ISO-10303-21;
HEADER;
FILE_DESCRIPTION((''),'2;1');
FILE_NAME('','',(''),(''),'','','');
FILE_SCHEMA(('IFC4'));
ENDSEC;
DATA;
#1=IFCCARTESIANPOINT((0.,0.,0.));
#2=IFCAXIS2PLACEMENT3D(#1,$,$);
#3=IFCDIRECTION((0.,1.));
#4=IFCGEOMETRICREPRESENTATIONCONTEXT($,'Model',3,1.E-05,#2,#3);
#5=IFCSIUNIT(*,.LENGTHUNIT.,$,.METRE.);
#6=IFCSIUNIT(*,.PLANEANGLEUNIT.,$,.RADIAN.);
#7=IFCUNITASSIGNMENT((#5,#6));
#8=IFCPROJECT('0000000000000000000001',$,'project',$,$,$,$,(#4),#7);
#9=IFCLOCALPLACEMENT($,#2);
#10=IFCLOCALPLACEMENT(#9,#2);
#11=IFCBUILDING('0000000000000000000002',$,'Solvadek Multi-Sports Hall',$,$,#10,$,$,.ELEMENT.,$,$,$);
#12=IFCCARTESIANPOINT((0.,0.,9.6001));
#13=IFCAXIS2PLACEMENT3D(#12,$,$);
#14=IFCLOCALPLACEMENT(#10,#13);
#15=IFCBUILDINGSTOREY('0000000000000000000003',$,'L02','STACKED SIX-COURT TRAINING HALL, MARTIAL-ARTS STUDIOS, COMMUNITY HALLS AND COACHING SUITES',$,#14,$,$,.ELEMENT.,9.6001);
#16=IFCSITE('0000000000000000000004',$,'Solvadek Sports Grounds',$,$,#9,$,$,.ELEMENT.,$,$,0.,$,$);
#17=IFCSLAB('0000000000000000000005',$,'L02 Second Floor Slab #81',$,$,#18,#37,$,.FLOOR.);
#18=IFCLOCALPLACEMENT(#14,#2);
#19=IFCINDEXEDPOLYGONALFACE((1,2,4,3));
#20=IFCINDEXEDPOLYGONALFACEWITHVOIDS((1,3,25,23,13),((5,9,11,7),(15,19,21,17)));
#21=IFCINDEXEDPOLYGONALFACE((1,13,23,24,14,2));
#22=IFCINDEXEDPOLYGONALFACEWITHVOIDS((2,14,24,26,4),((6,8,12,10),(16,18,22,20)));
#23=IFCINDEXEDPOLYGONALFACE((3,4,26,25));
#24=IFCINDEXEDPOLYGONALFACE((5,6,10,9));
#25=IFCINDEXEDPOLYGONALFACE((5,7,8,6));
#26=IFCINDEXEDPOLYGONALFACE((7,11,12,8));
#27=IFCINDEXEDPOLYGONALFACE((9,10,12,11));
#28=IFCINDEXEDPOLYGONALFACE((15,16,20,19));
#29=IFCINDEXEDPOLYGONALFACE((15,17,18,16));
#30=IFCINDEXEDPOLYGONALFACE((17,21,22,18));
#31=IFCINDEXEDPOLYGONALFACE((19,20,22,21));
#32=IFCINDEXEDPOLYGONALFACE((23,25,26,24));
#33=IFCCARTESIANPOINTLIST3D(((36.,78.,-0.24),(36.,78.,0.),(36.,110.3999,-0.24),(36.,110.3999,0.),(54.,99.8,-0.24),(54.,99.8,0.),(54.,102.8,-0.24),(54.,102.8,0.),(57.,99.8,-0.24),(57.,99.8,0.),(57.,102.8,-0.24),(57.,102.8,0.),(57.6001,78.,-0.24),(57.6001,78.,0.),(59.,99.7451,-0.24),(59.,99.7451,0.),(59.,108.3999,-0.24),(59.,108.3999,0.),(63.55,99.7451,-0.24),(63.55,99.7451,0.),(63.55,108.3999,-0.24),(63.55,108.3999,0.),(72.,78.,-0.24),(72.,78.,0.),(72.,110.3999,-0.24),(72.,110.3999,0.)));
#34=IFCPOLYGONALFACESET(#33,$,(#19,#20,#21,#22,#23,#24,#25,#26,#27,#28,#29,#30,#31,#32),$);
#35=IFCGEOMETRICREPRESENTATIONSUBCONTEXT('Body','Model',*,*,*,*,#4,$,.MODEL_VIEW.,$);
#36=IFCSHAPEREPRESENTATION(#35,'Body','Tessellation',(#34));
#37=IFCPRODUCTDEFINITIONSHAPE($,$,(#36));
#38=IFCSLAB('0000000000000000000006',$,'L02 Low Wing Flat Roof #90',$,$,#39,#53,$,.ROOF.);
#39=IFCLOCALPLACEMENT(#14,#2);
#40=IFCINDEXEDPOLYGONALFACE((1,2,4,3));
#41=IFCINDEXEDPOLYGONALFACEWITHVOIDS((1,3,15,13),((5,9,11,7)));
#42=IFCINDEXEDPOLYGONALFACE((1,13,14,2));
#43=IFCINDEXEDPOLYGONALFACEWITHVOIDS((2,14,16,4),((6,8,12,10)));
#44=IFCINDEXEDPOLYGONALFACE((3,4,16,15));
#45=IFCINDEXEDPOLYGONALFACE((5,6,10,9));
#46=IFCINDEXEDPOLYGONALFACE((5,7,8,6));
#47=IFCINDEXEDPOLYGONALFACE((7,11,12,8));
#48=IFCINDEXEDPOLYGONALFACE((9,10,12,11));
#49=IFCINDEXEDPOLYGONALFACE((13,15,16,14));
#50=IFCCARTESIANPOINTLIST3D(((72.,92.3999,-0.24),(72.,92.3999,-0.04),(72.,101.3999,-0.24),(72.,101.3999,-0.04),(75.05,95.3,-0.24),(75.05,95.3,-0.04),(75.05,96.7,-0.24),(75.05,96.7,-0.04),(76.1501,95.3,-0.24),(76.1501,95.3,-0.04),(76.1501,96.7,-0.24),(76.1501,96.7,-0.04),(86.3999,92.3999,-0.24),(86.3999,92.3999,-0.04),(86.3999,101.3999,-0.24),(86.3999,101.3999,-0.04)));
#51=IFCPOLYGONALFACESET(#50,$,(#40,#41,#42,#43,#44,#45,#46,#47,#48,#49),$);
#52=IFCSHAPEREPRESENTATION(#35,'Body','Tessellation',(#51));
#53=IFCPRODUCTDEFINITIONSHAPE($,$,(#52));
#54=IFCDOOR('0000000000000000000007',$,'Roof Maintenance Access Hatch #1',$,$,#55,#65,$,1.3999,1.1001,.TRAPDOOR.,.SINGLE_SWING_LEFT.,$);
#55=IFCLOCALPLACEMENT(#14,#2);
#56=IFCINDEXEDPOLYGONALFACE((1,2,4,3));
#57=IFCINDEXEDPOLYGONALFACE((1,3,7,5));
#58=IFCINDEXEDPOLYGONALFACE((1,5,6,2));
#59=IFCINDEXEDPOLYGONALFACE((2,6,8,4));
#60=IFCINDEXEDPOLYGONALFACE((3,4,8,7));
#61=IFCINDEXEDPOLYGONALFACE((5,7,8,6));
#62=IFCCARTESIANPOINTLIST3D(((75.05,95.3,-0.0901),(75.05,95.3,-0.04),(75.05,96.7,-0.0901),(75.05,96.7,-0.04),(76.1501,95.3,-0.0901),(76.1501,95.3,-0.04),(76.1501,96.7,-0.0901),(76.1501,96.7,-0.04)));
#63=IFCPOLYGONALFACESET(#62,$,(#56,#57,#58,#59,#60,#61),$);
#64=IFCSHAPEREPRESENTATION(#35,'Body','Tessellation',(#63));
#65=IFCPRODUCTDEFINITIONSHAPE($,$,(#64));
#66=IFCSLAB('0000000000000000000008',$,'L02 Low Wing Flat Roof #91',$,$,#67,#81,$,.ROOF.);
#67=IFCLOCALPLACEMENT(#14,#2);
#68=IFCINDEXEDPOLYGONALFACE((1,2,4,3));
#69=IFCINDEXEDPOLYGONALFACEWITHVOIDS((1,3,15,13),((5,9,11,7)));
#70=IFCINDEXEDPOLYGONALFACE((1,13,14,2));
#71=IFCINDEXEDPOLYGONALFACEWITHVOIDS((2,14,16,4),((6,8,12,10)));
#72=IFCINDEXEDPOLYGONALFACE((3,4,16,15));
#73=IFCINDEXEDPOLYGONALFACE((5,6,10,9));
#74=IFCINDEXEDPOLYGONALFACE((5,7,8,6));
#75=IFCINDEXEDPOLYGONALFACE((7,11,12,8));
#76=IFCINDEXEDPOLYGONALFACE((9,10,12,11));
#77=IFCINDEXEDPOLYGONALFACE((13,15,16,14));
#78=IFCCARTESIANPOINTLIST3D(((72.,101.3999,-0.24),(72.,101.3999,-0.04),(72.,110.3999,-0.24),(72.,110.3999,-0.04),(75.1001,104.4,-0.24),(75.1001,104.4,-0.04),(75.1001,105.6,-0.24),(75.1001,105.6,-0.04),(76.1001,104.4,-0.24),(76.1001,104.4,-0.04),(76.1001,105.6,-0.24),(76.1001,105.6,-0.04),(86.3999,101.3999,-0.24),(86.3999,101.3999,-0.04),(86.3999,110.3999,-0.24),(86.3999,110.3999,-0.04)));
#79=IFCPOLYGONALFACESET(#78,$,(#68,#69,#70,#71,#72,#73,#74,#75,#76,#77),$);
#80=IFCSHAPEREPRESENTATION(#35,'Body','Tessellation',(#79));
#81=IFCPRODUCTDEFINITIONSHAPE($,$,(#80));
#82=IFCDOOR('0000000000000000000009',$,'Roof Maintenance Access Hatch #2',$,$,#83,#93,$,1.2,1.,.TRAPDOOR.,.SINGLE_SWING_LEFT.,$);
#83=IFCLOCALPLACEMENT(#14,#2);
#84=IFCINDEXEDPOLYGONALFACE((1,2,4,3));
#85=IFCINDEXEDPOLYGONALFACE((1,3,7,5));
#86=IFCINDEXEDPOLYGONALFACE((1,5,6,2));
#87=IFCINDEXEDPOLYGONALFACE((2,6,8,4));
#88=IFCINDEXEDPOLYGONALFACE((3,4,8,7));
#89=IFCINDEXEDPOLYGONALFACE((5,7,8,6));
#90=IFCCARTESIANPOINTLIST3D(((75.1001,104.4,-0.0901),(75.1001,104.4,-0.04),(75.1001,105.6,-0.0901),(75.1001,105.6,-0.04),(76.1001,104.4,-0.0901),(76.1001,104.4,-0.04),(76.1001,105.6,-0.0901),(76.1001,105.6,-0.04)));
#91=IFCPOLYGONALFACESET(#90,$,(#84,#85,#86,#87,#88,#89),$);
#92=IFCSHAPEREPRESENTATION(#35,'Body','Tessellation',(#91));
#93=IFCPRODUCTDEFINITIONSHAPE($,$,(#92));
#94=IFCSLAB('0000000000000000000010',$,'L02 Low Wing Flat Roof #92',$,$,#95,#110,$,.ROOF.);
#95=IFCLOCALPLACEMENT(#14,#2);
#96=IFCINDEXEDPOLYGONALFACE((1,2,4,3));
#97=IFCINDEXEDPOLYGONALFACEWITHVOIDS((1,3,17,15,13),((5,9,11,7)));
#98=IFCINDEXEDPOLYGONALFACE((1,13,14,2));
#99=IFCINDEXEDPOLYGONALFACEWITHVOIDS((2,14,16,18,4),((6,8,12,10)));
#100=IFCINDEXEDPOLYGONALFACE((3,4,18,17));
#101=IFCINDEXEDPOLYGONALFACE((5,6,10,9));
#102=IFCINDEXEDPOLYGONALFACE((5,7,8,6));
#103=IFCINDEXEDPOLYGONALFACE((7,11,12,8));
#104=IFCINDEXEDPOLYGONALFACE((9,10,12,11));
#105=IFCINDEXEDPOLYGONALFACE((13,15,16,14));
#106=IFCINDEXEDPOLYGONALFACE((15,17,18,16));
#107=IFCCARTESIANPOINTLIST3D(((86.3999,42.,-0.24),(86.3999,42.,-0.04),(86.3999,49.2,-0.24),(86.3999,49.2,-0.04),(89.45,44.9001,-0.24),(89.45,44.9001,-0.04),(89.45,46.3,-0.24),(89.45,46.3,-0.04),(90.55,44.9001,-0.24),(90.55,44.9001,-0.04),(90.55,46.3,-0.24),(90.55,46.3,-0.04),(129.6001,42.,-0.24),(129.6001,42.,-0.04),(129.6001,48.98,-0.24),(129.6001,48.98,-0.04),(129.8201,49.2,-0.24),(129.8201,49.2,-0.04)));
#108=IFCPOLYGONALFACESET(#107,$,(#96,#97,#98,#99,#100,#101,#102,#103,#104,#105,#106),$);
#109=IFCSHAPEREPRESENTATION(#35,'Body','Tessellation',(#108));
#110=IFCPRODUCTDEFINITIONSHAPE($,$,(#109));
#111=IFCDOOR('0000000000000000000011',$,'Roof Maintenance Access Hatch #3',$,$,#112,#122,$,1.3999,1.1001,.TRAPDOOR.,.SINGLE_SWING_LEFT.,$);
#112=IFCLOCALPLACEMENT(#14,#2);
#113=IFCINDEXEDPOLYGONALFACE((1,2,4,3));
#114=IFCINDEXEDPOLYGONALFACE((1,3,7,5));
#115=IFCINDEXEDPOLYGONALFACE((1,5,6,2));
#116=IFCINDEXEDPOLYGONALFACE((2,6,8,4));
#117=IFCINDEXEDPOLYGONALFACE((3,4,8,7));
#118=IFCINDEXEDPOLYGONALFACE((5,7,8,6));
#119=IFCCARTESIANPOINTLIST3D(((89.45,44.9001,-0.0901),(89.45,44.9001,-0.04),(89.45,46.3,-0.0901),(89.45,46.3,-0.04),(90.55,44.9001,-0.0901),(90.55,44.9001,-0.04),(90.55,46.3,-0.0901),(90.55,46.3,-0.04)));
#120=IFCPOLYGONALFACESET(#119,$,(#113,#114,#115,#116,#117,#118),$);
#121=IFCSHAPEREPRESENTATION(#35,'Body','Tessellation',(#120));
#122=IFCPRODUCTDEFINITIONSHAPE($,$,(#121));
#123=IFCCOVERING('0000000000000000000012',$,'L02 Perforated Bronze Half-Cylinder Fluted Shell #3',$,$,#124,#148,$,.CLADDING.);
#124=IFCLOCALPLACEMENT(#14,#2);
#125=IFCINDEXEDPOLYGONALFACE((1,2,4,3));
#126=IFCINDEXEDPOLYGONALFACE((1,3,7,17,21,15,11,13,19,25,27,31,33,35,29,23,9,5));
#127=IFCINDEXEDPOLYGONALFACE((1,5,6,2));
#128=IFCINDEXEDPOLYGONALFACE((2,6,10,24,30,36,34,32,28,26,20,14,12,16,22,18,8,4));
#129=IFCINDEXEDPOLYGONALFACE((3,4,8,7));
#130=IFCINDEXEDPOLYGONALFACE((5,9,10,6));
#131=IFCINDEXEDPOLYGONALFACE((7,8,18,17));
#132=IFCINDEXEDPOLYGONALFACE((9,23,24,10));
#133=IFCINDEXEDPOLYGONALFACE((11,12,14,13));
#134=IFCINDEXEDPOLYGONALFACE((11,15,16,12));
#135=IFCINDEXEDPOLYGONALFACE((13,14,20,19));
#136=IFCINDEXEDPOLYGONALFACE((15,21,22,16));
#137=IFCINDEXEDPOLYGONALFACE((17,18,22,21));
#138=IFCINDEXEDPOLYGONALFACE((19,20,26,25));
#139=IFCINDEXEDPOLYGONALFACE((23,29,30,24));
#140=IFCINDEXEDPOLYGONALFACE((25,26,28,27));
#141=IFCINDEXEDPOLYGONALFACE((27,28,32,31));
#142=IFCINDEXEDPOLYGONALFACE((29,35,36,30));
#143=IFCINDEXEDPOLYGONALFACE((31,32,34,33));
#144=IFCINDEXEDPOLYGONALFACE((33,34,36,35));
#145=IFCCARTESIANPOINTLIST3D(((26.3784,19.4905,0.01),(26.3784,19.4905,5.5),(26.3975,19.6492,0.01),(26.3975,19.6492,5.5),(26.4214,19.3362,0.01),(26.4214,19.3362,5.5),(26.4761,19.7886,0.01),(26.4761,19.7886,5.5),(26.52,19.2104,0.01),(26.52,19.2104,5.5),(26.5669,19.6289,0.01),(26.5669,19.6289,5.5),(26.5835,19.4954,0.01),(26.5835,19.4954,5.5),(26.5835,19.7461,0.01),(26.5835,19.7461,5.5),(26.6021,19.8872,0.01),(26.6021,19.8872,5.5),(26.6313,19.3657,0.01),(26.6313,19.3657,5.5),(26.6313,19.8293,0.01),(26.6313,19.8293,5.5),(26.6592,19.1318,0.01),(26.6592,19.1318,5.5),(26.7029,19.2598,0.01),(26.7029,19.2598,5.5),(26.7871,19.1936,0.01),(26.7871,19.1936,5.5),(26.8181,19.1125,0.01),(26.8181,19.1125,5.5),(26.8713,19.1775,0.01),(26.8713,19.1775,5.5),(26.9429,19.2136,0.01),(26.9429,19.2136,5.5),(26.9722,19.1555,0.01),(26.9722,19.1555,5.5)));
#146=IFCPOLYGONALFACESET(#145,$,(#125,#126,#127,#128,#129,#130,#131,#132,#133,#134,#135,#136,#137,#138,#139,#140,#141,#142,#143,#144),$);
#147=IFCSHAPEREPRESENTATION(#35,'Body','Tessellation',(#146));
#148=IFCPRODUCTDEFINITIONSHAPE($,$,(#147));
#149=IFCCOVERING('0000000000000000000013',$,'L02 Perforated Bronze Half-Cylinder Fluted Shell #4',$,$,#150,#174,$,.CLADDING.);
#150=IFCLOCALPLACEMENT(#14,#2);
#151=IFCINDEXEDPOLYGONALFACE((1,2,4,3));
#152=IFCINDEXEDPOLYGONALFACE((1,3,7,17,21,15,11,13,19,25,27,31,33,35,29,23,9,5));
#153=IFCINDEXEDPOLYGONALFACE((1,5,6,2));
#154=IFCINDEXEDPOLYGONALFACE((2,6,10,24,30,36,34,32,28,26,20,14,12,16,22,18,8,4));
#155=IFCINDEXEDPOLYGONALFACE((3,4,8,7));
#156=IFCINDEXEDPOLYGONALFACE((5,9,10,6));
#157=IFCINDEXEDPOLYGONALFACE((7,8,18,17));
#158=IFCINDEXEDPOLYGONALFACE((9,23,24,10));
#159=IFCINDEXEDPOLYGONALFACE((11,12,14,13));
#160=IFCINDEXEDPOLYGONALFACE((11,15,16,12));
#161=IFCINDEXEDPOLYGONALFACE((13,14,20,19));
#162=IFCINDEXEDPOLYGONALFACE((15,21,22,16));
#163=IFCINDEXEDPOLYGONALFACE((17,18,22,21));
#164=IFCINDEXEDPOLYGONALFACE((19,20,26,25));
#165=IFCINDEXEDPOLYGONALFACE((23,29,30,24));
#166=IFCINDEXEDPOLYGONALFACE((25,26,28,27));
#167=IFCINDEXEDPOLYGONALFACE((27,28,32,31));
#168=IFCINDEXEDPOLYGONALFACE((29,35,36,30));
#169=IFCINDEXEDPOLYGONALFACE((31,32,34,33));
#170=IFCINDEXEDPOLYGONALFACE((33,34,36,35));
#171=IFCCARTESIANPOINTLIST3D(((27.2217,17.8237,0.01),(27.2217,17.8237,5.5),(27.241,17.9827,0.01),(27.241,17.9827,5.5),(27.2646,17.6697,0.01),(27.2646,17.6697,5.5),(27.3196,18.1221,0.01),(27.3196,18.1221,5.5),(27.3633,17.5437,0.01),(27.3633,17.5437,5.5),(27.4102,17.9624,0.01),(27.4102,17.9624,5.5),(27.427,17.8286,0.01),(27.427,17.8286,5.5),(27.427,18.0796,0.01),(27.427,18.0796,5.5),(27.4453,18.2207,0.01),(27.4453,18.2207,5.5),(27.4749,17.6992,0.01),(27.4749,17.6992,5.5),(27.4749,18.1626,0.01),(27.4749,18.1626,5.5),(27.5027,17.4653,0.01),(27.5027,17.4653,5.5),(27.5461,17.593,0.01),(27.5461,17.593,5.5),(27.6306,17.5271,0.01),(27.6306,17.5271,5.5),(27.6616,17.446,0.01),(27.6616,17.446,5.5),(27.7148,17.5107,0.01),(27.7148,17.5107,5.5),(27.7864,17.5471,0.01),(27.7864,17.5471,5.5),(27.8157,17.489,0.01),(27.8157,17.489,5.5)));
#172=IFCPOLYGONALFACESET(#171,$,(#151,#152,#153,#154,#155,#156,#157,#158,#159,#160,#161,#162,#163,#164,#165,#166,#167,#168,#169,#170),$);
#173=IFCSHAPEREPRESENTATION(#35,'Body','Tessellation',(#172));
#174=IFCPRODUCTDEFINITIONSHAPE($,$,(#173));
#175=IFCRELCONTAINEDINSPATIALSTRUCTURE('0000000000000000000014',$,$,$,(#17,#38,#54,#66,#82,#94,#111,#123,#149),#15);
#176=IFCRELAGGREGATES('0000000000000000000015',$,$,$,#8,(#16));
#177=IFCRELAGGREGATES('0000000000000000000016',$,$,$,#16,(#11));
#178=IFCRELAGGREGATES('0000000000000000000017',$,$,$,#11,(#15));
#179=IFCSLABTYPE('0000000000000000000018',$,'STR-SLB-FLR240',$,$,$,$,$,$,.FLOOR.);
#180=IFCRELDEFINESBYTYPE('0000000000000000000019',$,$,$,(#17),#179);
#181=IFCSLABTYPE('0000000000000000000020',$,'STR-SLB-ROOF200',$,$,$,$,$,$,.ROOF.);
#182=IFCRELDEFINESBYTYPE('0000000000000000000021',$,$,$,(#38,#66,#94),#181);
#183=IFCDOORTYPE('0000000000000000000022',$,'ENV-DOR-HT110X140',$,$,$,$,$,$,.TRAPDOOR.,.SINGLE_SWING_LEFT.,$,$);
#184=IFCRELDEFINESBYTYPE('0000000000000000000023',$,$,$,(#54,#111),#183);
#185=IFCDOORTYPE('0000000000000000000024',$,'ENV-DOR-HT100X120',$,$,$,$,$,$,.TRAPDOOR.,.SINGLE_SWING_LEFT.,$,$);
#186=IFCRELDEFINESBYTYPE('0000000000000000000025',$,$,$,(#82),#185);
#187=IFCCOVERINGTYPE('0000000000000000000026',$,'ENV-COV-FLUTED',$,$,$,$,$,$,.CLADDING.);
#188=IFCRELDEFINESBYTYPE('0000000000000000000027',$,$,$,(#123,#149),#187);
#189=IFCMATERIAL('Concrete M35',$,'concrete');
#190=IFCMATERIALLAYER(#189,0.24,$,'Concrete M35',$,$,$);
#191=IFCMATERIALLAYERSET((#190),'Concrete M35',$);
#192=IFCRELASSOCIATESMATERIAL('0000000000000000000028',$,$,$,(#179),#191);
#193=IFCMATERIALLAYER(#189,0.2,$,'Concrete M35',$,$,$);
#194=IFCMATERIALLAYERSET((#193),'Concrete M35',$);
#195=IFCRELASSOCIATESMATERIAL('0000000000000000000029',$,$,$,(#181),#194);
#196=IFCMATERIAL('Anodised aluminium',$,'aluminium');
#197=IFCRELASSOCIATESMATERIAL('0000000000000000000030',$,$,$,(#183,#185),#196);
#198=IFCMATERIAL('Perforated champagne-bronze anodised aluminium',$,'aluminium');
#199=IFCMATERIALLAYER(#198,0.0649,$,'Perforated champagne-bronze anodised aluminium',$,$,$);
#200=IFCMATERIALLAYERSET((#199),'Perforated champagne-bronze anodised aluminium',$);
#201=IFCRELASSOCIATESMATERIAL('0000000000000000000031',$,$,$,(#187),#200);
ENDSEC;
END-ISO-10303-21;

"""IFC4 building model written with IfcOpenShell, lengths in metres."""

from ifc_helpers import new_model, si_unit, direction, frame, origin, origin_2d, place, context, subcontext, project, spatial, polyline, rectangle, outline, extrude, material, layer, layer_set, type_object, element, fill, save


model = new_model("IFC4")

# Units and contexts
model_context = context("Model", 3, precision=1e-05, world=origin(), true_north=direction((0.0, 1.0)))
body_context = subcontext(model_context, "Body", "Model", "MODEL_VIEW")
ifc_project = project(units=[si_unit("LENGTHUNIT", "METRE"), si_unit("PLANEANGLEUNIT", "RADIAN")], contexts=[model_context])

# Site, building, storey
site_placement = place(None, origin())
site = spatial("IfcSite", under=ifc_project, at=site_placement, Name="Solvadek Sports Grounds", CompositionType="ELEMENT", RefElevation=0.0)
building_placement = place(site_placement, origin())
building = spatial("IfcBuilding", under=site, at=building_placement, Name="Solvadek Multi-Sports Hall", CompositionType="ELEMENT")
storey_placement = place(building_placement, frame((0.0, 0.0, 9.6001)))
storey = spatial("IfcBuildingStorey", under=building, at=storey_placement, Name="L02", Description="STACKED SIX-COURT TRAINING HALL, MARTIAL-ARTS STUDIOS, COMMUNITY HALLS AND COACHING SUITES", CompositionType="ELEMENT", Elevation=9.6001)

# Slab
ifc_material_1 = material(Name="Concrete M35", Category="concrete")
ifc_layer_1 = layer(ifc_material_1, 0.24, Name="Concrete M35")
ifc_layer_set_1 = layer_set([ifc_layer_1], Name="Concrete M35")
slab_type_1 = type_object("IfcSlabType", Name="STR-SLB-FLR240", PredefinedType="FLOOR", material=ifc_layer_set_1)
slab_1_placement = place(storey_placement, frame((0.0, 0.0, -0.24)))
element("IfcSlab", 1, at=slab_1_placement, inside=storey, type_object=slab_type_1, Name="L02 Second Floor Slab #81", PredefinedType="FLOOR", context=body_context, shape_type="SweptSolid", body=[
    extrude(outline(polyline([(36.0, 110.3999), (72.0, 110.3999), (72.0, 78.0), (57.6001, 78.0), (36.0, 78.0), (36.0, 110.3999)]), holes=[polyline([(63.55, 108.3999), (59.0, 108.3999), (59.0, 99.7451), (63.55, 99.7451), (63.55, 108.3999)]), polyline([(57.0, 99.8), (57.0, 102.8), (54.0, 102.8), (54.0, 99.8), (57.0, 99.8)])]), origin(), (0.0, 0.0, 1.0), 0.24),
])

# Slabs, openings, doors
ifc_layer_2 = layer(ifc_material_1, 0.2, Name="Concrete M35")
ifc_layer_set_2 = layer_set([ifc_layer_2], Name="Concrete M35")
slab_type_2 = type_object("IfcSlabType", Name="STR-SLB-ROOF200", PredefinedType="ROOF", material=ifc_layer_set_2)
slab_2_placement = place(storey_placement, frame((0.0, 0.0, -0.24)))
slab_2 = element("IfcSlab", 2, at=slab_2_placement, inside=storey, type_object=slab_type_2, Name="L02 Low Wing Flat Roof #90", PredefinedType="ROOF", context=body_context, shape_type="SweptSolid", body=[
    extrude(outline(polyline([(72.0, 101.3999), (86.3999, 101.3999), (86.3999, 92.3999), (72.0, 92.3999), (72.0, 101.3999)])), origin(), (0.0, 0.0, 1.0), 0.2),
])
opening_1_placement = place(slab_2_placement, frame((75.6001, 96.0, 0.0)))
opening_1 = element("IfcOpeningElement", 3, at=opening_1_placement, cuts=slab_2, PredefinedType="OPENING", context=body_context, shape_type="SweptSolid", body=[
    extrude(rectangle(XDim=1.1001, YDim=1.3999, at=origin_2d()), frame((0.0, 0.0, -0.02)), (0.0, 0.0, 1.0), 0.24),
])
ifc_material_2 = material(Name="Anodised aluminium", Category="aluminium")
door_type_1 = type_object("IfcDoorType", Name="ENV-DOR-HT110X140", OperationType="SINGLE_SWING_LEFT", PredefinedType="TRAPDOOR", material=ifc_material_2)
door_1_placement = place(opening_1_placement, frame((0.0, 0.0, 0.1499)))
door_1 = element("IfcDoor", 4, at=door_1_placement, inside=storey, type_object=door_type_1, Name="Roof Maintenance Access Hatch #1", OperationType="SINGLE_SWING_LEFT", OverallHeight=1.3999, OverallWidth=1.1001, PredefinedType="TRAPDOOR", context=body_context, shape_type="SweptSolid", body=[
    extrude(rectangle(XDim=1.1001, YDim=1.3999, at=origin_2d()), origin(), (0.0, 0.0, 1.0), 0.05),
])
fill(opening_1, door_1)
slab_3_placement = place(storey_placement, frame((0.0, 0.0, -0.24)))
slab_3 = element("IfcSlab", 5, at=slab_3_placement, inside=storey, type_object=slab_type_2, Name="L02 Low Wing Flat Roof #91", PredefinedType="ROOF", context=body_context, shape_type="SweptSolid", body=[
    extrude(outline(polyline([(72.0, 110.3999), (86.3999, 110.3999), (86.3999, 101.3999), (72.0, 101.3999), (72.0, 110.3999)])), origin(), (0.0, 0.0, 1.0), 0.2),
])
opening_2_placement = place(slab_3_placement, frame((75.6001, 105.0, 0.0)))
opening_2 = element("IfcOpeningElement", 6, at=opening_2_placement, cuts=slab_3, PredefinedType="OPENING", context=body_context, shape_type="SweptSolid", body=[
    extrude(rectangle(XDim=1.0, YDim=1.2, at=origin_2d()), frame((0.0, 0.0, -0.02)), (0.0, 0.0, 1.0), 0.24),
])
door_type_2 = type_object("IfcDoorType", Name="ENV-DOR-HT100X120", OperationType="SINGLE_SWING_LEFT", PredefinedType="TRAPDOOR", material=ifc_material_2)
door_2_placement = place(opening_2_placement, frame((0.0, 0.0, 0.1499)))
door_2 = element("IfcDoor", 7, at=door_2_placement, inside=storey, type_object=door_type_2, Name="Roof Maintenance Access Hatch #2", OperationType="SINGLE_SWING_LEFT", OverallHeight=1.2, OverallWidth=1.0, PredefinedType="TRAPDOOR", context=body_context, shape_type="SweptSolid", body=[
    extrude(rectangle(XDim=1.0, YDim=1.2, at=origin_2d()), origin(), (0.0, 0.0, 1.0), 0.05),
])
fill(opening_2, door_2)
slab_4_placement = place(storey_placement, frame((0.0, 0.0, -0.24)))
slab_4 = element("IfcSlab", 8, at=slab_4_placement, inside=storey, type_object=slab_type_2, Name="L02 Low Wing Flat Roof #92", PredefinedType="ROOF", context=body_context, shape_type="SweptSolid", body=[
    extrude(outline(polyline([(86.3999, 49.2), (129.8201, 49.2), (129.6001, 48.98), (129.6001, 42.0), (93.6001, 42.0), (86.3999, 42.0), (86.3999, 49.2)])), origin(), (0.0, 0.0, 1.0), 0.2),
])
opening_3_placement = place(slab_4_placement, frame((90.0, 45.6001, 0.0)))
opening_3 = element("IfcOpeningElement", 9, at=opening_3_placement, cuts=slab_4, PredefinedType="OPENING", context=body_context, shape_type="SweptSolid", body=[
    extrude(rectangle(XDim=1.1001, YDim=1.3999, at=origin_2d()), frame((0.0, 0.0, -0.02)), (0.0, 0.0, 1.0), 0.24),
])
door_3_placement = place(opening_3_placement, frame((0.0, 0.0, 0.1499)))
door_3 = element("IfcDoor", 10, at=door_3_placement, inside=storey, type_object=door_type_1, Name="Roof Maintenance Access Hatch #3", OperationType="SINGLE_SWING_LEFT", OverallHeight=1.3999, OverallWidth=1.1001, PredefinedType="TRAPDOOR", context=body_context, shape_type="SweptSolid", body=[
    extrude(rectangle(XDim=1.1001, YDim=1.3999, at=origin_2d()), origin(), (0.0, 0.0, 1.0), 0.05),
])
fill(opening_3, door_3)

# Coverings
ifc_material_3 = material(Name="Perforated champagne-bronze anodised aluminium", Category="aluminium")
ifc_layer_3 = layer(ifc_material_3, 0.0649, Name="Perforated champagne-bronze anodised aluminium")
ifc_layer_set_3 = layer_set([ifc_layer_3], Name="Perforated champagne-bronze anodised aluminium")
covering_type = type_object("IfcCoveringType", Name="ENV-COV-FLUTED", PredefinedType="CLADDING", material=ifc_layer_set_3)
covering_1_placement = place(storey_placement, frame((0.0, 0.0, 0.01)))
element("IfcCovering", 11, at=covering_1_placement, inside=storey, type_object=covering_type, Name="L02 Perforated Bronze Half-Cylinder Fluted Shell #3", PredefinedType="CLADDING", context=body_context, shape_type="SweptSolid", body=[
    extrude(outline(polyline([(26.9722, 19.1555), (26.8181, 19.1125), (26.6592, 19.1318), (26.52, 19.2104), (26.4214, 19.3362), (26.3784, 19.4905), (26.3975, 19.6492), (26.4761, 19.7886), (26.6021, 19.8872), (26.6313, 19.8293), (26.5835, 19.7461), (26.5669, 19.6289), (26.5835, 19.4954), (26.6313, 19.3657), (26.7029, 19.2598), (26.7871, 19.1936), (26.8713, 19.1775), (26.9429, 19.2136), (26.9722, 19.1555)])), origin(), (0.0, 0.0, 1.0), 5.49),
])
covering_2_placement = place(storey_placement, frame((0.0, 0.0, 0.01)))
element("IfcCovering", 12, at=covering_2_placement, inside=storey, type_object=covering_type, Name="L02 Perforated Bronze Half-Cylinder Fluted Shell #4", PredefinedType="CLADDING", context=body_context, shape_type="SweptSolid", body=[
    extrude(outline(polyline([(27.8157, 17.489), (27.6616, 17.446), (27.5027, 17.4653), (27.3633, 17.5437), (27.2646, 17.6697), (27.2217, 17.8237), (27.241, 17.9827), (27.3196, 18.1221), (27.4453, 18.2207), (27.4749, 18.1626), (27.427, 18.0796), (27.4102, 17.9624), (27.427, 17.8286), (27.4749, 17.6992), (27.5461, 17.593), (27.6306, 17.5271), (27.7148, 17.5107), (27.7864, 17.5471), (27.8157, 17.489)])), origin(), (0.0, 0.0, 1.0), 5.49),
])

save(model, "model.ifc")
